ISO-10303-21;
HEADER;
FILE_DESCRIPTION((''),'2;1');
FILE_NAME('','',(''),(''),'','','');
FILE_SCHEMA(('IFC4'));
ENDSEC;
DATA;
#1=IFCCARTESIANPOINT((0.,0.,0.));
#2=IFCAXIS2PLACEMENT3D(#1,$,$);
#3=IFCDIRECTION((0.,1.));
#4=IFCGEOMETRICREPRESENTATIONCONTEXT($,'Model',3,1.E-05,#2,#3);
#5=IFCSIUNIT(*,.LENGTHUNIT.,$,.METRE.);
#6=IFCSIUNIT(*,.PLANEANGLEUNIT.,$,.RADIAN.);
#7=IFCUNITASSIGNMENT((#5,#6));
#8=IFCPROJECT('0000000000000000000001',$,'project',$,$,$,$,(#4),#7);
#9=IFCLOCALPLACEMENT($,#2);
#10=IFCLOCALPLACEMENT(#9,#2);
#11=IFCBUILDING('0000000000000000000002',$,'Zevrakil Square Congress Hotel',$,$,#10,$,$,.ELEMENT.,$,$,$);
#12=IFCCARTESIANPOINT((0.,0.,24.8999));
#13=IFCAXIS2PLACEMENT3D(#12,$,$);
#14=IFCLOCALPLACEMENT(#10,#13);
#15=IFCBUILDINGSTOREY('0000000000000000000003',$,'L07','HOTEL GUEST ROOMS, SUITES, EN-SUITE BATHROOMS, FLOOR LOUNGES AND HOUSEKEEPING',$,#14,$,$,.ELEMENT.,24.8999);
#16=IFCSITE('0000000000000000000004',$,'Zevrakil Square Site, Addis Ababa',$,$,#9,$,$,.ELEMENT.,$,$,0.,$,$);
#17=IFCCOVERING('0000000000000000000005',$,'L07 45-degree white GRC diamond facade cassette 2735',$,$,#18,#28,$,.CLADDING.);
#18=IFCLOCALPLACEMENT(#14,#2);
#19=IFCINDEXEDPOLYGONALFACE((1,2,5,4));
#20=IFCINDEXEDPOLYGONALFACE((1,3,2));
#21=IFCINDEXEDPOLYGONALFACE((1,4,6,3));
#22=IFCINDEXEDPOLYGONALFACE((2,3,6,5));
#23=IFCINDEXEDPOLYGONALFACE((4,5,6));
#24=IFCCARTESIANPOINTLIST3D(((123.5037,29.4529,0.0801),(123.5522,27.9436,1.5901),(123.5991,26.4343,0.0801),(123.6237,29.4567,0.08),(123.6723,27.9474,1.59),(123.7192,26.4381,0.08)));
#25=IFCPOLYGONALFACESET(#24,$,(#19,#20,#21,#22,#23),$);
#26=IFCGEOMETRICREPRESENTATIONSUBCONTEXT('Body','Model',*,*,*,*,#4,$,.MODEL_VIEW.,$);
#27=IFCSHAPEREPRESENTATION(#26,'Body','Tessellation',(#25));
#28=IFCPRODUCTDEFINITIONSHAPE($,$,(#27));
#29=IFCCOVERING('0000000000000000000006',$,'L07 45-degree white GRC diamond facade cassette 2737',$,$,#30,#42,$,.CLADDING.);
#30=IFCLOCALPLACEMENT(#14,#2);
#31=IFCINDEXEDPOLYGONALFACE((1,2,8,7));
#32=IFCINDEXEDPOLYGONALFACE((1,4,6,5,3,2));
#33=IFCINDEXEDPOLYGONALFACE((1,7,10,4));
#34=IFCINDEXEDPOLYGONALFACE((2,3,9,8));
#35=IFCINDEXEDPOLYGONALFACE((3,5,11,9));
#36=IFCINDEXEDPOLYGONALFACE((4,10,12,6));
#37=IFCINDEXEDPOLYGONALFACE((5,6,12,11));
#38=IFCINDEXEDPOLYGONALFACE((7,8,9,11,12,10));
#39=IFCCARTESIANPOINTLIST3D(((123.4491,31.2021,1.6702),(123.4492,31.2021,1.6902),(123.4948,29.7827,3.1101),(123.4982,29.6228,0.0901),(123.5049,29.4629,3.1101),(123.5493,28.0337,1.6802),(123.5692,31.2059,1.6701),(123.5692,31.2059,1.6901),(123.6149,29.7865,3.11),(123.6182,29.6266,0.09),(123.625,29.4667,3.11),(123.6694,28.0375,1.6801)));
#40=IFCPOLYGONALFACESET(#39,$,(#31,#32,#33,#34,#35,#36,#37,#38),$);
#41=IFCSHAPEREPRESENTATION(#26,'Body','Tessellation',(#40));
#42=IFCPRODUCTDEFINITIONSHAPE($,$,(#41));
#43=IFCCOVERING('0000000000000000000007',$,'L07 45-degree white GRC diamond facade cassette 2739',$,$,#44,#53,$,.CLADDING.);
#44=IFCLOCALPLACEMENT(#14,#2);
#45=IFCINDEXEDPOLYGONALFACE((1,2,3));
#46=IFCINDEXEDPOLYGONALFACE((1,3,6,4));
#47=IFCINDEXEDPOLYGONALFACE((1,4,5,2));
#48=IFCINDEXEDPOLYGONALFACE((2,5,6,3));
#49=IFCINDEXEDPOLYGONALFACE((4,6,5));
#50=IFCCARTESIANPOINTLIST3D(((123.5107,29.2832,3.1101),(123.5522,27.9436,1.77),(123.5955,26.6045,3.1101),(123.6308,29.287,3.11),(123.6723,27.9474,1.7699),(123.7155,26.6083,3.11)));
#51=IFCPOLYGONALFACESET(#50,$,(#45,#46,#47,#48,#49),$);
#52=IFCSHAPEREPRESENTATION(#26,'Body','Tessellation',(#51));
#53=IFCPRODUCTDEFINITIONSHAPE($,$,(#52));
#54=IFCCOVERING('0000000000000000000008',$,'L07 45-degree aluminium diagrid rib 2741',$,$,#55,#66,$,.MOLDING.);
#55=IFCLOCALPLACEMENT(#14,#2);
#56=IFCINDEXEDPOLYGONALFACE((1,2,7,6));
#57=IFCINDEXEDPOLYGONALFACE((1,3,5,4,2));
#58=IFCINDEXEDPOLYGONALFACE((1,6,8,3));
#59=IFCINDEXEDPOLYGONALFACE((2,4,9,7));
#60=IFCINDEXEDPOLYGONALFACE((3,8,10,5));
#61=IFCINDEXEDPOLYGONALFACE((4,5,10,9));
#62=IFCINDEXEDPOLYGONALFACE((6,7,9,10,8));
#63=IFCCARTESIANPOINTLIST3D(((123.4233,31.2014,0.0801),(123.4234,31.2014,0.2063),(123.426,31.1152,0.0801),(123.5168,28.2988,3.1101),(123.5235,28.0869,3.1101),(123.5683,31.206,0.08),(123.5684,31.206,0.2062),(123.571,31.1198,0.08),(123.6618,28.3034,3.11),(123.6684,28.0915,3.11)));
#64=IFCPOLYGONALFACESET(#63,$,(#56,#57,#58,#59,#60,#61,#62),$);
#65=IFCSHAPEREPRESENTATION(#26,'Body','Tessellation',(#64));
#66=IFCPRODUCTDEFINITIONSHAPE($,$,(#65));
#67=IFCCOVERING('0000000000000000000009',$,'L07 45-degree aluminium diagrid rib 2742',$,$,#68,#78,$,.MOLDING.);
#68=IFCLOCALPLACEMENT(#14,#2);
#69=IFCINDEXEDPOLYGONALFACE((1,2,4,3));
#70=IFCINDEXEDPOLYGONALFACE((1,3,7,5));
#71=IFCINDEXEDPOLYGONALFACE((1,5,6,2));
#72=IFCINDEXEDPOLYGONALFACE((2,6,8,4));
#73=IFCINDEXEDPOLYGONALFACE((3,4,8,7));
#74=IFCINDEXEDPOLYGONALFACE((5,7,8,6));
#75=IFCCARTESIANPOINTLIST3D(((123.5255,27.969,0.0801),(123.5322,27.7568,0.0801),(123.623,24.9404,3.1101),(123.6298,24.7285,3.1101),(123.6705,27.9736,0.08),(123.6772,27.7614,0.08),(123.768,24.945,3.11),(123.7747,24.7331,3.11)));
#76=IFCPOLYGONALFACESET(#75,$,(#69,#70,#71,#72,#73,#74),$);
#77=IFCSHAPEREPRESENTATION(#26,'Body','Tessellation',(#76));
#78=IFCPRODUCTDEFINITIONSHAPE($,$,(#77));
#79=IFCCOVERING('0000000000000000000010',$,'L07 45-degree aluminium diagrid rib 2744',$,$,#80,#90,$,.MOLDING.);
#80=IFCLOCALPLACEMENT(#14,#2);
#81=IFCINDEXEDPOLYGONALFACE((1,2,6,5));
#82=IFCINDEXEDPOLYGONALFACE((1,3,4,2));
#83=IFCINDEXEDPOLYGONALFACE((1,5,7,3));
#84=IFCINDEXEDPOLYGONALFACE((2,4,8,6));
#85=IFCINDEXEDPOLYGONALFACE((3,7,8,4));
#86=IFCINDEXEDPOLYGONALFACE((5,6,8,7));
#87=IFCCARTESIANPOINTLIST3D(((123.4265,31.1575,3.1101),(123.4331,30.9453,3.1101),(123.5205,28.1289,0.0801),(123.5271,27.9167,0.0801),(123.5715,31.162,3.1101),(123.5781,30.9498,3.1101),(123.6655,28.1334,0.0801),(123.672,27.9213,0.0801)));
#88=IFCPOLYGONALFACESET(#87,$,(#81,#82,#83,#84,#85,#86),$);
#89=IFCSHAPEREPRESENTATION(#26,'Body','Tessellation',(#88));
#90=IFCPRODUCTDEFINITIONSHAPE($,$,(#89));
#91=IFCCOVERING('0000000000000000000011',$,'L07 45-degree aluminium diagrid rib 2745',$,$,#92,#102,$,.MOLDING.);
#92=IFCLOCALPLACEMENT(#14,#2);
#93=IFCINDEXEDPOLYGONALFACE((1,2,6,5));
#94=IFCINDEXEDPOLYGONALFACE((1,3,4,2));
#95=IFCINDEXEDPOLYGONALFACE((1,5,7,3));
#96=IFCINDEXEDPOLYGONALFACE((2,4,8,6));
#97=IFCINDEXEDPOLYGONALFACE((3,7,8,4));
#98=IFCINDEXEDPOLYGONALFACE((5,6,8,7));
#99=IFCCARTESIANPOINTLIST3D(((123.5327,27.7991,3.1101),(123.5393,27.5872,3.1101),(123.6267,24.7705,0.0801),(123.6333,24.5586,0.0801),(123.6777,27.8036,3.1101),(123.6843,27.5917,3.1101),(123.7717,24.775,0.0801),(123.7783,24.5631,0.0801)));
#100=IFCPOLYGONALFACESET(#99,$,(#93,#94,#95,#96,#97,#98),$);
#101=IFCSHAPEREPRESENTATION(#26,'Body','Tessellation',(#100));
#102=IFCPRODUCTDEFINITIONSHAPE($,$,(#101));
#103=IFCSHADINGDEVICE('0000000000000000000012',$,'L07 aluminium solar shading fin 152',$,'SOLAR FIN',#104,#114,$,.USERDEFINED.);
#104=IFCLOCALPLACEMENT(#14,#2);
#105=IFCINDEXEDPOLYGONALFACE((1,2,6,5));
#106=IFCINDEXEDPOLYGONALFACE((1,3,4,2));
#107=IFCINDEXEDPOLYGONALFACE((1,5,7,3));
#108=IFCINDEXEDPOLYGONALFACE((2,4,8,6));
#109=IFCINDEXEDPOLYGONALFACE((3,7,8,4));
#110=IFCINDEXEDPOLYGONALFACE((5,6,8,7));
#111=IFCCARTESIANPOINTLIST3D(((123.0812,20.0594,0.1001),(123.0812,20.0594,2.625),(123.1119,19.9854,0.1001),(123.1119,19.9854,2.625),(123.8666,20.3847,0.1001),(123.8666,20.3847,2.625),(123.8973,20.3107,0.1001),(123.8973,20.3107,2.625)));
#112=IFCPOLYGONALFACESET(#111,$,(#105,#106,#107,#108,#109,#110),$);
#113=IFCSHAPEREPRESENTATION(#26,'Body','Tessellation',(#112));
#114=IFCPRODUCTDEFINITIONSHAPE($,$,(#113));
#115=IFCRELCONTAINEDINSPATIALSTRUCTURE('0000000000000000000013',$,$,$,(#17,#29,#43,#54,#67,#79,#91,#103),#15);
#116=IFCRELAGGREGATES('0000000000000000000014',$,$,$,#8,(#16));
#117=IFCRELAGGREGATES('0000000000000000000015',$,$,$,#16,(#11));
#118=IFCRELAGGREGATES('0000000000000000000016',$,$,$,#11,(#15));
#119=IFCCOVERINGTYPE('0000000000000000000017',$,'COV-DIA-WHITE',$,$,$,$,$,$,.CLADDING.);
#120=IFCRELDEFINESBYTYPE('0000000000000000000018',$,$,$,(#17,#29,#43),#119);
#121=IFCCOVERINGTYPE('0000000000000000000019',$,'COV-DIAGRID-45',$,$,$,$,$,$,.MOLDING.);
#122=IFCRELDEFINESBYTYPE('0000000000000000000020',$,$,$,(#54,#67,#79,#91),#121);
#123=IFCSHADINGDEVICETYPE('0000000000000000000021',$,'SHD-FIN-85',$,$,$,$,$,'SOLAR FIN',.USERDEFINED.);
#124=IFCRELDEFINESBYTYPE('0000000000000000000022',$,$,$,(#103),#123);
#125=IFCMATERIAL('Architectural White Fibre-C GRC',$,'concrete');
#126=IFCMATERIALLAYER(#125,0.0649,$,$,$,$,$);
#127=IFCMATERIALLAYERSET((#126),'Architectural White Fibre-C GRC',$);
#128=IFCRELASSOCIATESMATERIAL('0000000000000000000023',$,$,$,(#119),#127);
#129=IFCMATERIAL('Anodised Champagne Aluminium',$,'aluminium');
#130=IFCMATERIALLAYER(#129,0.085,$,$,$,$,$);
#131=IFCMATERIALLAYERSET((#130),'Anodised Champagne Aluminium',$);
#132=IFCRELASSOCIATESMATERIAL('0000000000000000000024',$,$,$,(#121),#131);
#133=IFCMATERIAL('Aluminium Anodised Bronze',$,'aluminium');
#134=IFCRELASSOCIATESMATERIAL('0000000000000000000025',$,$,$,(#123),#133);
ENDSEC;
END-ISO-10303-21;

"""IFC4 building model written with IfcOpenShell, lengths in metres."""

from ifc_helpers import new_model, si_unit, direction, frame, origin, origin_2d, place, context, subcontext, project, spatial, polyline, rectangle, outline, extrude, material, layer, layer_set, type_object, element, save


model = new_model("IFC4")

# Units and contexts
model_context = context("Model", 3, precision=1e-05, world=origin(), true_north=direction((0.0, 1.0)))
body_context = subcontext(model_context, "Body", "Model", "MODEL_VIEW")
ifc_project = project(units=[si_unit("LENGTHUNIT", "METRE"), si_unit("PLANEANGLEUNIT", "RADIAN")], contexts=[model_context])

# Site, building, storey
site_placement = place(None, origin())
site = spatial("IfcSite", under=ifc_project, at=site_placement, Name="Zevrakil Square Site, Addis Ababa", CompositionType="ELEMENT", RefElevation=0.0)
building_placement = place(site_placement, origin())
building = spatial("IfcBuilding", under=site, at=building_placement, Name="Zevrakil Square Congress Hotel", CompositionType="ELEMENT")
storey_placement = place(building_placement, frame((0.0, 0.0, 24.8999)))
storey = spatial("IfcBuildingStorey", under=building, at=storey_placement, Name="L07", Description="HOTEL GUEST ROOMS, SUITES, EN-SUITE BATHROOMS, FLOOR LOUNGES AND HOUSEKEEPING", CompositionType="ELEMENT", Elevation=24.8999)

# Coverings
ifc_material_1 = material(Name="Architectural White Fibre-C GRC", Category="concrete")
ifc_layer_1 = layer(ifc_material_1, 0.0649)
ifc_layer_set_1 = layer_set([ifc_layer_1], Name="Architectural White Fibre-C GRC")
covering_type_1 = type_object("IfcCoveringType", Name="COV-DIA-WHITE", PredefinedType="CLADDING", material=ifc_layer_set_1)
covering_1_placement = place(storey_placement, frame((123.5522, 27.9436, 1.5901), z_axis=(-0.9995, -0.031608, 0.000566), x_axis=(0.021951, -0.706765, -0.707108)))
element("IfcCovering", 1, at=covering_1_placement, inside=storey, type_object=covering_type_1, Name="L07 45-degree white GRC diamond facade cassette 2735", PredefinedType="CLADDING", context=body_context, shape_type="SweptSolid", body=[
    extrude(outline(polyline([(0.0, 0.0), (2.1355, 0.0), (0.0, -2.1355), (0.0, 0.0)])), origin(), (0.0, 0.0, -1.0), 0.1201),
])
covering_2_placement = place(storey_placement, frame((123.5493, 28.0337, 1.6802), z_axis=(-0.999501, -0.031597, 0.000566), x_axis=(-0.022742, 0.706706, -0.707142)))
element("IfcCovering", 2, at=covering_2_placement, inside=storey, type_object=covering_type_1, Name="L07 45-degree white GRC diamond facade cassette 2737", PredefinedType="CLADDING", context=body_context, shape_type="SweptSolid", body=[
    extrude(outline(polyline([(0.0, 0.0), (2.2486, 0.0), (2.2485, -2.2346), (2.2344, -2.2487), (0.2261, -2.2485), (-0.0001, -2.0222), (0.0, 0.0)])), origin(), (0.0, 0.0, -1.0), 0.1201),
])
covering_3_placement = place(storey_placement, frame((123.5522, 27.9436, 1.77), z_axis=(-0.9995, -0.03161, 0.000643), x_axis=(-0.021899, 0.706808, 0.707066)))
element("IfcCovering", 3, at=covering_3_placement, inside=storey, type_object=covering_type_1, Name="L07 45-degree white GRC diamond facade cassette 2739", PredefinedType="CLADDING", context=body_context, shape_type="SweptSolid", body=[
    extrude(outline(polyline([(0.0, 0.0), (1.8953, 0.0), (0.0001, -1.895), (0.0, 0.0)])), origin(), (0.0, 0.0, -1.0), 0.1201),
])
ifc_material_2 = material(Name="Anodised Champagne Aluminium", Category="aluminium")
ifc_layer_2 = layer(ifc_material_2, 0.085)
ifc_layer_set_2 = layer_set([ifc_layer_2], Name="Anodised Champagne Aluminium")
covering_type_2 = type_object("IfcCoveringType", Name="COV-DIAGRID-45", PredefinedType="MOLDING", material=ifc_layer_set_2)
covering_4_placement = place(storey_placement, frame((123.426, 31.1152, 0.0801), z_axis=(-0.999506, -0.031422, 0.000743), x_axis=(-0.031422, 0.999506, 0.0)))
element("IfcCovering", 4, at=covering_4_placement, inside=storey, type_object=covering_type_2, Name="L07 45-degree aluminium diagrid rib 2741", PredefinedType="MOLDING", context=body_context, shape_type="SweptSolid", body=[
    extrude(outline(polyline([(0.0, 0.0), (0.0862, 0.0), (0.0862, -0.1262), (-2.8179, -3.03), (-3.0299, -3.03), (0.0, 0.0)])), origin(), (0.0, 0.0, -1.0), 0.145),
])
covering_5_placement = place(storey_placement, frame((123.5322, 27.7568, 0.0801), z_axis=(-0.999499, -0.031648, 0.000542), x_axis=(-0.031648, 0.999499, 0.0)))
element("IfcCovering", 5, at=covering_5_placement, inside=storey, type_object=covering_type_2, Name="L07 45-degree aluminium diagrid rib 2742", PredefinedType="MOLDING", context=body_context, shape_type="SweptSolid", body=[
    extrude(outline(polyline([(0.0, 0.0), (0.2123, 0.0), (-2.8179, -3.03), (-3.0299, -3.03), (0.0, 0.0)])), origin(), (0.0, 0.0, -1.0), 0.145),
])
covering_6_placement = place(storey_placement, frame((123.4265, 31.1575, 3.1101), z_axis=(-0.999518, -0.031055, 0.000034), x_axis=(0.031055, -0.999518, 0.0)))
element("IfcCovering", 6, at=covering_6_placement, inside=storey, type_object=covering_type_2, Name="L07 45-degree aluminium diagrid rib 2744", PredefinedType="MOLDING", context=body_context, shape_type="SweptSolid", body=[
    extrude(outline(polyline([(0.0, 0.0), (0.2123, 0.0), (3.2423, -3.03), (3.03, -3.03), (0.0, 0.0)])), origin(), (0.0, 0.0, -1.0), 0.145),
])
covering_7_placement = place(storey_placement, frame((123.5327, 27.7991, 3.1101), z_axis=(-0.999517, -0.031091, 0.00007), x_axis=(0.031091, -0.999517, 0.0)))
element("IfcCovering", 7, at=covering_7_placement, inside=storey, type_object=covering_type_2, Name="L07 45-degree aluminium diagrid rib 2745", PredefinedType="MOLDING", context=body_context, shape_type="SweptSolid", body=[
    extrude(outline(polyline([(0.0, 0.0), (0.212, 0.0), (3.242, -3.03), (3.03, -3.03), (0.0, 0.0)])), origin(), (0.0, 0.0, -1.0), 0.145),
])

# Shading device
ifc_material_3 = material(Name="Aluminium Anodised Bronze", Category="aluminium")
shading_device_type = type_object("IfcShadingDeviceType", Name="SHD-FIN-85", ElementType="SOLAR FIN", PredefinedType="USERDEFINED", material=ifc_material_3)
shading_device_placement = place(storey_placement, frame((123.4893, 20.1851, 0.1001), z_axis=(0.0, 0.0, 1.0), x_axis=(-0.92388, -0.382683, 0.0)))
element("IfcShadingDevice", 8, at=shading_device_placement, inside=storey, type_object=shading_device_type, Name="L07 aluminium solar shading fin 152", ObjectType="SOLAR FIN", PredefinedType="USERDEFINED", context=body_context, shape_type="SweptSolid", body=[
    extrude(rectangle(XDim=0.8501, YDim=0.0801, at=origin_2d()), origin(), (0.0, 0.0, 1.0), 2.5249),
])

save(model, "model.ifc")
